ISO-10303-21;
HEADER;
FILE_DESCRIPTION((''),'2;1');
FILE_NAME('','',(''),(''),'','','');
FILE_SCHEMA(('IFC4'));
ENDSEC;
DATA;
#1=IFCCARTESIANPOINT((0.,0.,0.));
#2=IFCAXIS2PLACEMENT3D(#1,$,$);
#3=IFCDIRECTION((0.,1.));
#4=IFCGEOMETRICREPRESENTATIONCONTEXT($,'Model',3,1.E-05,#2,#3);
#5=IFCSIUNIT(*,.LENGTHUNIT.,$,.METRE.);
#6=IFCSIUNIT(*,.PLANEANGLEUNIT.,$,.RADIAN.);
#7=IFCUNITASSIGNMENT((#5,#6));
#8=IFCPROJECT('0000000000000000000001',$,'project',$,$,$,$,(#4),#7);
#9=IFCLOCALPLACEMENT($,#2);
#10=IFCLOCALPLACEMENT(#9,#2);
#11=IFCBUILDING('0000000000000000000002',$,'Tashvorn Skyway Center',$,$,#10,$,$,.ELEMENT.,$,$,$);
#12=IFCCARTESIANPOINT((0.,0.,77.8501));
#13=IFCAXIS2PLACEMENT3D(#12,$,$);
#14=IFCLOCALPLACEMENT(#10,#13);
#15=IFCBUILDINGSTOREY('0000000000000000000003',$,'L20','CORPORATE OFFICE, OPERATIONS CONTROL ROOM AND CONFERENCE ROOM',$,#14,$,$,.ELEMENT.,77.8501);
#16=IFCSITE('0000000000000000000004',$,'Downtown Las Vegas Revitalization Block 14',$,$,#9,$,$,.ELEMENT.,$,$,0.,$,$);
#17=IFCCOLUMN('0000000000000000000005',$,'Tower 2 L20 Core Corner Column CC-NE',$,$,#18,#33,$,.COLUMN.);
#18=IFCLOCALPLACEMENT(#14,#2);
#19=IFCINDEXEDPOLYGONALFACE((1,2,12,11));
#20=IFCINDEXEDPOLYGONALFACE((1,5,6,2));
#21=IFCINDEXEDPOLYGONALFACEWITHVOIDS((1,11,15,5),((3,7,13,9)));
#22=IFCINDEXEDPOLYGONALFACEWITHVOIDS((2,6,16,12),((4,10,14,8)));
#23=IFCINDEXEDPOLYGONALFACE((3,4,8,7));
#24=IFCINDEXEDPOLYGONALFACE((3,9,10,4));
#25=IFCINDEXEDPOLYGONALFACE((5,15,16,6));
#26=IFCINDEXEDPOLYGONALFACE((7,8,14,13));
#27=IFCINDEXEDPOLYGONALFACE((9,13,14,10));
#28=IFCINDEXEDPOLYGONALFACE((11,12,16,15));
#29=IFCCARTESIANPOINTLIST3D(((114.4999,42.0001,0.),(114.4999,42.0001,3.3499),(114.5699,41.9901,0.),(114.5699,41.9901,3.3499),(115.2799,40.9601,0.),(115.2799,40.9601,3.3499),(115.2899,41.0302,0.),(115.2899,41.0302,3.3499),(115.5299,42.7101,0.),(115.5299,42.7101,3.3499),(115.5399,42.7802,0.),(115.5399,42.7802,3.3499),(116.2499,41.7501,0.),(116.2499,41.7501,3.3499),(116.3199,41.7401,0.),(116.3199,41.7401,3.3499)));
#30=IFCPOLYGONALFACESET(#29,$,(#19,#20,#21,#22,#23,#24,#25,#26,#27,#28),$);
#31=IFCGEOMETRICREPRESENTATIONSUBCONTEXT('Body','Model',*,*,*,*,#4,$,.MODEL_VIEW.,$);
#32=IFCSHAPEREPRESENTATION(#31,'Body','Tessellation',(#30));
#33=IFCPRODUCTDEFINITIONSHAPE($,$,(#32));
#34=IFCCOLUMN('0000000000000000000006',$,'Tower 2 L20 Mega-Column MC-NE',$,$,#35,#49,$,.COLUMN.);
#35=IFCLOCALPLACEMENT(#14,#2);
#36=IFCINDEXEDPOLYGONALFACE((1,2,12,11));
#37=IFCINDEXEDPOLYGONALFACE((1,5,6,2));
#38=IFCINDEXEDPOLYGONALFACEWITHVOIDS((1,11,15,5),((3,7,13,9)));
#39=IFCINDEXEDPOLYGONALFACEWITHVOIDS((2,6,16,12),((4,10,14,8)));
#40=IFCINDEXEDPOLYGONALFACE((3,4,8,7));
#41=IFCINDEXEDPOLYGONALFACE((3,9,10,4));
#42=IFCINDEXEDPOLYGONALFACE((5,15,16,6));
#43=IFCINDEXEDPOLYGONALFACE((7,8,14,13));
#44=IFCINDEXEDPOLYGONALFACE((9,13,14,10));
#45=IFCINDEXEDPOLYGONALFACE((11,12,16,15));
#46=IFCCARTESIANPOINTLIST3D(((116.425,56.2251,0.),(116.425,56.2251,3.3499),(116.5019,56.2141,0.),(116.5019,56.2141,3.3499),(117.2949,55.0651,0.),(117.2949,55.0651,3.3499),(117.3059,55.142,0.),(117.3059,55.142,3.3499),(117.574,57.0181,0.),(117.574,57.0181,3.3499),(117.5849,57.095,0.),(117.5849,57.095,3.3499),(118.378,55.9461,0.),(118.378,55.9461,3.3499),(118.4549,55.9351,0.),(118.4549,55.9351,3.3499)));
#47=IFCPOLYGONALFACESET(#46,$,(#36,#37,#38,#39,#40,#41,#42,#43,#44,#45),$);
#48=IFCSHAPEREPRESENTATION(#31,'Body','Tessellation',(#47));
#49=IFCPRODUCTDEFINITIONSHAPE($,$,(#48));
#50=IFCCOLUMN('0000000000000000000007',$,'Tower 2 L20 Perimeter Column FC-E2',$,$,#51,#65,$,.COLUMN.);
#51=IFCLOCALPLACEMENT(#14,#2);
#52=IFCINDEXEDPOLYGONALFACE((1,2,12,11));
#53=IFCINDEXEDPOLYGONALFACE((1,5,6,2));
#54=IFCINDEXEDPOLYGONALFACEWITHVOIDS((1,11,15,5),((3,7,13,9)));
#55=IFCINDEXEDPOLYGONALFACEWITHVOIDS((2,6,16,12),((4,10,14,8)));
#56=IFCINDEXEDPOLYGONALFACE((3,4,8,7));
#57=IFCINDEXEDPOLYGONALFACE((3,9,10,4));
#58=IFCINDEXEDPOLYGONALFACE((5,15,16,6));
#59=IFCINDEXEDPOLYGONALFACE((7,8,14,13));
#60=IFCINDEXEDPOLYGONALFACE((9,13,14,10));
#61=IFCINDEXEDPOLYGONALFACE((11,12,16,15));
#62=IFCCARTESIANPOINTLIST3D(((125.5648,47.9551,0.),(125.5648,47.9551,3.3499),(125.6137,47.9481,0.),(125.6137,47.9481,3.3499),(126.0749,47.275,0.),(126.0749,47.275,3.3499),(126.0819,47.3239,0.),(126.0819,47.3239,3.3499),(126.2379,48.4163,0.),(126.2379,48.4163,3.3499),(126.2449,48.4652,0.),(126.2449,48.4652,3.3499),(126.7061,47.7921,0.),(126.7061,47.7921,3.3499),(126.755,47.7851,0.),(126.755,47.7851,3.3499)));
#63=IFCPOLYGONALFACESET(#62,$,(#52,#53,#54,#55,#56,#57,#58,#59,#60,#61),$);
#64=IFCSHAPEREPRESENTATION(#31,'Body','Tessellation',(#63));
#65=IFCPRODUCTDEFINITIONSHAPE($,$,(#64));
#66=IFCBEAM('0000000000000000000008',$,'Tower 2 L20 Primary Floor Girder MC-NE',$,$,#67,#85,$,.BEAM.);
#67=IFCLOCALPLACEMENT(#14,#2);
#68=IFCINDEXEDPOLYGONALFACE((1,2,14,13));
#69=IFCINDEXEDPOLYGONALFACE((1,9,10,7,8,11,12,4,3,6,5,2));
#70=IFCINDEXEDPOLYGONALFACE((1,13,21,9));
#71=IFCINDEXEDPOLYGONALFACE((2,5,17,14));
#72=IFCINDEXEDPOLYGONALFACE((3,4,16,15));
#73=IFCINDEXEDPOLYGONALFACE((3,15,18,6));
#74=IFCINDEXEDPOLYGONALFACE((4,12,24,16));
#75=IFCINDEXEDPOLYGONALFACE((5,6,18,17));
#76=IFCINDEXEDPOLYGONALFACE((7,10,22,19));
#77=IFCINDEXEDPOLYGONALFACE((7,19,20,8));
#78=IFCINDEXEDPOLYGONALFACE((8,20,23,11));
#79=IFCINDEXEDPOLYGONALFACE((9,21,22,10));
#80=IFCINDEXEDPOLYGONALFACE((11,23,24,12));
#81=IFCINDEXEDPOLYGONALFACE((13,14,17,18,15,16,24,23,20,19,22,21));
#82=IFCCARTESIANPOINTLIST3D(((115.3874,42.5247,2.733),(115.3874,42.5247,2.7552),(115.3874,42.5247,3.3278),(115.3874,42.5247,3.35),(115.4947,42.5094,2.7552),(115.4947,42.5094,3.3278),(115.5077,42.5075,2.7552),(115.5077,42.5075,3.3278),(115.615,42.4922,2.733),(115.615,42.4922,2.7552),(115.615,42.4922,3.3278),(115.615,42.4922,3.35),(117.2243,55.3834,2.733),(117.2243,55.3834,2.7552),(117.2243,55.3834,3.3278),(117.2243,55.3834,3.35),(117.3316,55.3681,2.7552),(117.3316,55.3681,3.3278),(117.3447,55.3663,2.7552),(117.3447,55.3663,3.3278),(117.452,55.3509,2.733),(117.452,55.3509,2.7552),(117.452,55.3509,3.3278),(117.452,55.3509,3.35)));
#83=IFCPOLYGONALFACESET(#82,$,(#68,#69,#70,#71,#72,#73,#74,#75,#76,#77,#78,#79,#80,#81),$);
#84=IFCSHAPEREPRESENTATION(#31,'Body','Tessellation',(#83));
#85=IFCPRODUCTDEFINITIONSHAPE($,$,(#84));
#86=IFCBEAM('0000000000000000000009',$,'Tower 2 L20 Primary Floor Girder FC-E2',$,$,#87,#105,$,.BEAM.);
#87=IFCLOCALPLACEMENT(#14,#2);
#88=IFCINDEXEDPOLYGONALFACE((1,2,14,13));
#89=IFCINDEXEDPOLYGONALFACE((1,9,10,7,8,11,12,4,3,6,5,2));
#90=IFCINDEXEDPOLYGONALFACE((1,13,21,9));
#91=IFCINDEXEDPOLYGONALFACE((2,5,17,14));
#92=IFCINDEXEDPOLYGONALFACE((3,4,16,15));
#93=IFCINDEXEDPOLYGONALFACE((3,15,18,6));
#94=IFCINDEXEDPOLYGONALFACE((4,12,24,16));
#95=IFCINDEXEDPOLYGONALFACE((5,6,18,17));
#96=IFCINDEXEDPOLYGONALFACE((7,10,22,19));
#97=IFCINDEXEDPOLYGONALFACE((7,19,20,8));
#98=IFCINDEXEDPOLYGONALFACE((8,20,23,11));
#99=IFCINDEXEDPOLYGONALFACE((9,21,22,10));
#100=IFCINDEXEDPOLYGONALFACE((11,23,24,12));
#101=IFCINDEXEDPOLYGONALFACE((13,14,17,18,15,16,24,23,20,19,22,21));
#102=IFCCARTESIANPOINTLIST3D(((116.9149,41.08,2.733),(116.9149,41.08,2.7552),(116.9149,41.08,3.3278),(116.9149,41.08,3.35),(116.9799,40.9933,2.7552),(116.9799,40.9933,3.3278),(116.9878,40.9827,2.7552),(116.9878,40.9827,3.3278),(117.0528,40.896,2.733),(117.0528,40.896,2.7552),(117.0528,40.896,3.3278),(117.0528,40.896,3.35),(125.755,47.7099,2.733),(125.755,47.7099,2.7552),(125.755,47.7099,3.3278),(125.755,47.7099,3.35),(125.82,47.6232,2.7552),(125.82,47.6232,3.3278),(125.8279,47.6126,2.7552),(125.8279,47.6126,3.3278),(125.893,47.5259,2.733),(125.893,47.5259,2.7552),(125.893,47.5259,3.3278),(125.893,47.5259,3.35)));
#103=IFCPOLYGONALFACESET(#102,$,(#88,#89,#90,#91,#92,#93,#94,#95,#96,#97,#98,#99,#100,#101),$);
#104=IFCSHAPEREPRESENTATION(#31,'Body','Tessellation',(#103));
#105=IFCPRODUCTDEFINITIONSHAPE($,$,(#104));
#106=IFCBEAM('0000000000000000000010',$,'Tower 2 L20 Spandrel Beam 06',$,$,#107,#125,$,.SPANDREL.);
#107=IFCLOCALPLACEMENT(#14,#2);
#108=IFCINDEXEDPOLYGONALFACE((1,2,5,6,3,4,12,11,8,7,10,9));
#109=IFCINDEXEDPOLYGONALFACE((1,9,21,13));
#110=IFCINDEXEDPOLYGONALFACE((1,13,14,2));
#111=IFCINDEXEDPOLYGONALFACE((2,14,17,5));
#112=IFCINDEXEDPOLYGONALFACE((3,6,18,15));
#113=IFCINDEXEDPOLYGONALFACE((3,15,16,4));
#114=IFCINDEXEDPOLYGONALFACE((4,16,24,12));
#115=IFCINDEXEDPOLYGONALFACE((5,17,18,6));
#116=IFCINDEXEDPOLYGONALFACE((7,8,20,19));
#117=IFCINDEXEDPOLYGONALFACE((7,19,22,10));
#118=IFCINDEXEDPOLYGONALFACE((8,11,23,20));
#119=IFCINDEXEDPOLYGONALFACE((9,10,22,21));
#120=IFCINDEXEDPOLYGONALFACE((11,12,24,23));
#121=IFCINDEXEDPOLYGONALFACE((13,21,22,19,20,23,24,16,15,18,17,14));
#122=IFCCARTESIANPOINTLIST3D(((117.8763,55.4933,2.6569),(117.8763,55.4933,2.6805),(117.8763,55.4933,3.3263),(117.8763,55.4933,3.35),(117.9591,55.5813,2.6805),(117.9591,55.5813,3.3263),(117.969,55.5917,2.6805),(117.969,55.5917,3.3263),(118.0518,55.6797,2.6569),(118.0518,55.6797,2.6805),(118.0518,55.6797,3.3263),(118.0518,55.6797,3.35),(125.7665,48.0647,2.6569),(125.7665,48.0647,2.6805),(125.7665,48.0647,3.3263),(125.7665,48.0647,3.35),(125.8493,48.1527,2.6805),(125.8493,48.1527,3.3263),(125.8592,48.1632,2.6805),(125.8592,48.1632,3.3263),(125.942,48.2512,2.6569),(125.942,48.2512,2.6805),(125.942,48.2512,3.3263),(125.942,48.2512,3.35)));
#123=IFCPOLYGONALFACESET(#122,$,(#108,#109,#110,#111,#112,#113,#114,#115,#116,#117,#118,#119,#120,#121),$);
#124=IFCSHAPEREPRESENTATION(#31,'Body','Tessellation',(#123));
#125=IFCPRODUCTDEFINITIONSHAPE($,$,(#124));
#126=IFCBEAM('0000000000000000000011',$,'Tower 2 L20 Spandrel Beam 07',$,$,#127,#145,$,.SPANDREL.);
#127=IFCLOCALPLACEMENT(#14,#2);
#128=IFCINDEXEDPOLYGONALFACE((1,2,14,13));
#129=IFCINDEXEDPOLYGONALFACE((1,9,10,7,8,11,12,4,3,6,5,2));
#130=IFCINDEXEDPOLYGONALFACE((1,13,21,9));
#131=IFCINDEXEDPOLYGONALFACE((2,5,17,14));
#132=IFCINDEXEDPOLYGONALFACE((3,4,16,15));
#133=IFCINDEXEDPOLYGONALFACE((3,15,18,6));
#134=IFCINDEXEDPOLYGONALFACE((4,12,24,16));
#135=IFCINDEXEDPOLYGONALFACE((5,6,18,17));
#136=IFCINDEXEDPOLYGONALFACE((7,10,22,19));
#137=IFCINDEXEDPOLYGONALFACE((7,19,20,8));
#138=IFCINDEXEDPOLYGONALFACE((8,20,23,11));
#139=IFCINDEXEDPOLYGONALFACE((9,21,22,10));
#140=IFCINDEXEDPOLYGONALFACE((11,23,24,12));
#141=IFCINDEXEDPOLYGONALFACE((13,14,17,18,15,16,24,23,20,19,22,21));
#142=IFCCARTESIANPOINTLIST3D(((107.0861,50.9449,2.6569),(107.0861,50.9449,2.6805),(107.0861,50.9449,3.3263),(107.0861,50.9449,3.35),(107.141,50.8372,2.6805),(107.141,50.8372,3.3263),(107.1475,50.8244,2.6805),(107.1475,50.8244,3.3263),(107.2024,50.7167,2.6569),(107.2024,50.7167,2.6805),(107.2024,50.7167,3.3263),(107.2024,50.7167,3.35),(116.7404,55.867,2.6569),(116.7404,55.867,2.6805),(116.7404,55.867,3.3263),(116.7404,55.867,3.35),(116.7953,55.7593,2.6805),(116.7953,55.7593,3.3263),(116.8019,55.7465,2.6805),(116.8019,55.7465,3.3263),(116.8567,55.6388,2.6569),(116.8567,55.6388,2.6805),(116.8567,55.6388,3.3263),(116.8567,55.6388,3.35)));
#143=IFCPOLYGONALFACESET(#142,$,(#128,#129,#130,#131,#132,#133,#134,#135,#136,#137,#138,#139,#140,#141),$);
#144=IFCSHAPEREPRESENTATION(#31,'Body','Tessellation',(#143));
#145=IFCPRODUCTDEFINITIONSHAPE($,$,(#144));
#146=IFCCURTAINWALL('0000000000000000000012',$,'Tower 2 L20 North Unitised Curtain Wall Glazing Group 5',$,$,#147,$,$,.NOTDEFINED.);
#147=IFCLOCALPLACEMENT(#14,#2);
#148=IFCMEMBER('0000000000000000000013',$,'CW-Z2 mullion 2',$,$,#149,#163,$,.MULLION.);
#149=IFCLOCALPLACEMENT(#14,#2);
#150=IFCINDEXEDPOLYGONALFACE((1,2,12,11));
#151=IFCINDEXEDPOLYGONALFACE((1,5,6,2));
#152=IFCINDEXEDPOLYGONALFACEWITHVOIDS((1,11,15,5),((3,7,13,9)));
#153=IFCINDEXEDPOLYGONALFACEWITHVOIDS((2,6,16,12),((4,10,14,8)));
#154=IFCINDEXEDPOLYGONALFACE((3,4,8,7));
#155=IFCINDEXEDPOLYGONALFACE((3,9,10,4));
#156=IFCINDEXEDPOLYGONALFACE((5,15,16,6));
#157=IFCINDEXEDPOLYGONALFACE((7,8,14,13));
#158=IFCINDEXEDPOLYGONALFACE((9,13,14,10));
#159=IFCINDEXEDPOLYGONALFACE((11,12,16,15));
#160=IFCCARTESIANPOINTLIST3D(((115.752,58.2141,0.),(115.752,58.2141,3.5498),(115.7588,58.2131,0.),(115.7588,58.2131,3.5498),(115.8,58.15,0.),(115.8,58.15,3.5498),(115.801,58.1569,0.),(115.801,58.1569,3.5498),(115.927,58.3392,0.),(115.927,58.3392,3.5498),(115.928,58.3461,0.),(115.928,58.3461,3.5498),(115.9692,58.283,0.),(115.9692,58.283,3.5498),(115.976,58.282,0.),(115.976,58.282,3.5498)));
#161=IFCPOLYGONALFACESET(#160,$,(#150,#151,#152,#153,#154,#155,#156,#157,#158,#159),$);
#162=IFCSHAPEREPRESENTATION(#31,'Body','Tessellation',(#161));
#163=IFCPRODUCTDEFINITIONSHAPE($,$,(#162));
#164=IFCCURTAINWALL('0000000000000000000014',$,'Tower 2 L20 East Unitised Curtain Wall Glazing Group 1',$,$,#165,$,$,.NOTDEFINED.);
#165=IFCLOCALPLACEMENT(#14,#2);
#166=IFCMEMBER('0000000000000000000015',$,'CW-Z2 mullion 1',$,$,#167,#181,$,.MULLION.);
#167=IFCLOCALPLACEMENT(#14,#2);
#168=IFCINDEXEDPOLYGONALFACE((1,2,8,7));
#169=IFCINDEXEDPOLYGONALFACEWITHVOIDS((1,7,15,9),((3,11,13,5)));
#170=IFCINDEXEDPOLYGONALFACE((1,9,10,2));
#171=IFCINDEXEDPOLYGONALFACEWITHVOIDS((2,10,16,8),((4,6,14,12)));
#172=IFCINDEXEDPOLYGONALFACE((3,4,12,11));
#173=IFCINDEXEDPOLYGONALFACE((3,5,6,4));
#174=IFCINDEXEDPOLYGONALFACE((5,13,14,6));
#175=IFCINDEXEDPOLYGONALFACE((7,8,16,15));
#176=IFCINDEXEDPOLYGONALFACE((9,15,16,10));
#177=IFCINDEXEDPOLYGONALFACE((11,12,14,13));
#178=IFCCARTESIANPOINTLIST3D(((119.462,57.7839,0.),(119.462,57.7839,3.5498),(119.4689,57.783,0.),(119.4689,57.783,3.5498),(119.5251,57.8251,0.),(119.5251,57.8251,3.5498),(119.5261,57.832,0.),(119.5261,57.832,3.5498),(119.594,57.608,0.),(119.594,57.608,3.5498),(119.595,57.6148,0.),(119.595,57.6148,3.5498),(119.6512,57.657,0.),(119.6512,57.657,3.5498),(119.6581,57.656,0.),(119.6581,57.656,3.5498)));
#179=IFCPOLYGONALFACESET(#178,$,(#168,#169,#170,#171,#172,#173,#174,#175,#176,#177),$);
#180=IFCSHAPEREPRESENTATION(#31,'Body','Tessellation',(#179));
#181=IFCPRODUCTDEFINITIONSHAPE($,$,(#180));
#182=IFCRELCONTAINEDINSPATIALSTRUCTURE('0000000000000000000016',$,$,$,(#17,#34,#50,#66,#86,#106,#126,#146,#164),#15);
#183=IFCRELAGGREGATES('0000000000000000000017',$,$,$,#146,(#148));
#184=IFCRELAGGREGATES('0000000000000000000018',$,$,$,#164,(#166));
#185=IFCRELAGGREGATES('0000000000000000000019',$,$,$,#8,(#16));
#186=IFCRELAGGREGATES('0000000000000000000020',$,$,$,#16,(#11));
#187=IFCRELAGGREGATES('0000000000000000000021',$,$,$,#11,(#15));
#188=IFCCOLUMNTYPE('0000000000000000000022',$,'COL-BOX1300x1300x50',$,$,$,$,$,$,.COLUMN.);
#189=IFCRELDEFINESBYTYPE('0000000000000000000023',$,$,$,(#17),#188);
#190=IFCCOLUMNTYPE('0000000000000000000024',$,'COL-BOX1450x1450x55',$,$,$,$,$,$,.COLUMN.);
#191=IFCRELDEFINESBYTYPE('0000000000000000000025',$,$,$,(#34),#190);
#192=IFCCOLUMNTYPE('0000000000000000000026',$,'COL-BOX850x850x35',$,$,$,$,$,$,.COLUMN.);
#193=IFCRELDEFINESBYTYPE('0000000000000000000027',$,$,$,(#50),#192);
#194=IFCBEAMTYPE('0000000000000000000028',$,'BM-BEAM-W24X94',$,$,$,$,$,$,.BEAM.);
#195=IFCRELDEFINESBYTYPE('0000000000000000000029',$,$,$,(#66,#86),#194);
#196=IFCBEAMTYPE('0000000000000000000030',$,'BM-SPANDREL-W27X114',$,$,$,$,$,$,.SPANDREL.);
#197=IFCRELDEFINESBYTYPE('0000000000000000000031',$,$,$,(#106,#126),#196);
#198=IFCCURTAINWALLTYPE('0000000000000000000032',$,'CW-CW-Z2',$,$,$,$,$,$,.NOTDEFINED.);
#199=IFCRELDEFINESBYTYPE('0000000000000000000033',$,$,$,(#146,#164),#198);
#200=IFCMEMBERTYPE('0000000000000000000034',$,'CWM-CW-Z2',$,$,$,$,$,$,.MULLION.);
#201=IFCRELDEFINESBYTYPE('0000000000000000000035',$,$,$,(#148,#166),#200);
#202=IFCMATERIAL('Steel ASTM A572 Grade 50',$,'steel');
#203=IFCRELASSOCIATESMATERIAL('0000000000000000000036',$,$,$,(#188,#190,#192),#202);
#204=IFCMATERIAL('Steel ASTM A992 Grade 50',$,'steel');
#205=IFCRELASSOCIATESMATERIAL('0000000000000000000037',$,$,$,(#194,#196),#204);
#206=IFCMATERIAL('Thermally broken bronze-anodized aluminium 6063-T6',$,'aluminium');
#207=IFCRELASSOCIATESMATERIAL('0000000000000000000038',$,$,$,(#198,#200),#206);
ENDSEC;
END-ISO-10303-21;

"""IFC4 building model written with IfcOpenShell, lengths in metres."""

from ifc_helpers import new_model, si_unit, direction, frame, origin, origin_2d, place, context, subcontext, project, spatial, hollow_rectangle, i_section, extrude, material, material_profile, profile_set, type_object, element, aggregate, save


model = new_model("IFC4")

# Units and contexts
model_context = context("Model", 3, precision=1e-05, world=origin(), true_north=direction((0.0, 1.0)))
body_context = subcontext(model_context, "Body", "Model", "MODEL_VIEW")
ifc_project = project(units=[si_unit("LENGTHUNIT", "METRE"), si_unit("PLANEANGLEUNIT", "RADIAN")], contexts=[model_context])

# Site, building, storey
site_placement = place(None, origin())
site = spatial("IfcSite", under=ifc_project, at=site_placement, Name="Downtown Las Vegas Revitalization Block 14", CompositionType="ELEMENT", RefElevation=0.0)
building_placement = place(site_placement, origin())
building = spatial("IfcBuilding", under=site, at=building_placement, Name="Tashvorn Skyway Center", CompositionType="ELEMENT")
storey_placement = place(building_placement, frame((0.0, 0.0, 77.8501)))
storey = spatial("IfcBuildingStorey", under=building, at=storey_placement, Name="L20", Description="CORPORATE OFFICE, OPERATIONS CONTROL ROOM AND CONFERENCE ROOM", CompositionType="ELEMENT", Elevation=77.8501)

# Columns
ifc_material_1 = material(Name="Steel ASTM A572 Grade 50", Category="steel")
ifc_material_profile_1 = material_profile(ifc_material_1, hollow_rectangle(XDim=1.3, YDim=1.3, WallThickness=0.05, at=origin_2d()), Name="BOX1300x1300x50")
ifc_profile_set_1 = profile_set([ifc_material_profile_1], Name="Steel ASTM A572 Grade 50")
column_type_1 = type_object("IfcColumnType", Name="COL-BOX1300x1300x50", PredefinedType="COLUMN", material=ifc_profile_set_1)
column_1_placement = place(storey_placement, frame((115.4099, 41.8701, 0.0), z_axis=(0.0, 0.0, 1.0), x_axis=(0.8, 0.6, 0.0)))
element("IfcColumn", 1, at=column_1_placement, inside=storey, type_object=column_type_1, Name="Tower 2 L20 Core Corner Column CC-NE", PredefinedType="COLUMN", context=body_context, shape_type="SweptSolid", body=[
    extrude(hollow_rectangle(XDim=1.3, YDim=1.3, WallThickness=0.05, at=origin_2d()), origin(), (0.0, 0.0, 1.0), 3.3499),
])
ifc_material_profile_2 = material_profile(ifc_material_1, hollow_rectangle(XDim=1.45, YDim=1.45, WallThickness=0.0549, at=origin_2d()), Name="BOX1450x1450x55")
ifc_profile_set_2 = profile_set([ifc_material_profile_2], Name="Steel ASTM A572 Grade 50")
column_type_2 = type_object("IfcColumnType", Name="COL-BOX1450x1450x55", PredefinedType="COLUMN", material=ifc_profile_set_2)
column_2_placement = place(storey_placement, frame((117.4399, 56.0801, 0.0), z_axis=(0.0, 0.0, 1.0), x_axis=(0.8, 0.6, 0.0)))
element("IfcColumn", 2, at=column_2_placement, inside=storey, type_object=column_type_2, Name="Tower 2 L20 Mega-Column MC-NE", PredefinedType="COLUMN", context=body_context, shape_type="SweptSolid", body=[
    extrude(hollow_rectangle(XDim=1.45, YDim=1.45, WallThickness=0.0549, at=origin_2d()), origin(), (0.0, 0.0, 1.0), 3.3499),
])
ifc_material_profile_3 = material_profile(ifc_material_1, hollow_rectangle(XDim=0.8501, YDim=0.8501, WallThickness=0.0349, at=origin_2d()), Name="BOX850x850x35")
ifc_profile_set_3 = profile_set([ifc_material_profile_3], Name="Steel ASTM A572 Grade 50")
column_type_3 = type_object("IfcColumnType", Name="COL-BOX850x850x35", PredefinedType="COLUMN", material=ifc_profile_set_3)
column_3_placement = place(storey_placement, frame((126.1599, 47.8701, 0.0), z_axis=(0.0, 0.0, 1.0), x_axis=(0.8, 0.6, 0.0)))
element("IfcColumn", 3, at=column_3_placement, inside=storey, type_object=column_type_3, Name="Tower 2 L20 Perimeter Column FC-E2", PredefinedType="COLUMN", context=body_context, shape_type="SweptSolid", body=[
    extrude(hollow_rectangle(XDim=0.8501, YDim=0.8501, WallThickness=0.0349, at=origin_2d()), origin(), (0.0, 0.0, 1.0), 3.3499),
])

# Beams
ifc_material_2 = material(Name="Steel ASTM A992 Grade 50", Category="steel")
ifc_material_profile_4 = material_profile(ifc_material_2, i_section(OverallWidth=0.23, OverallDepth=0.6169, WebThickness=0.0132, FlangeThickness=0.0222, at=origin_2d()), Name="W24X94")
ifc_profile_set_4 = profile_set([ifc_material_profile_4], Name="Steel ASTM A992 Grade 50")
beam_type_1 = type_object("IfcBeamType", Name="BM-BEAM-W24X94", PredefinedType="BEAM", material=ifc_profile_set_4)
beam_1_placement = place(storey_placement, frame((117.3381, 55.3672, 3.0415), z_axis=(-0.141419, -0.98995, 0.0), x_axis=(0.98995, -0.141419, 0.0)))
element("IfcBeam", 4, at=beam_1_placement, inside=storey, type_object=beam_type_1, Name="Tower 2 L20 Primary Floor Girder MC-NE", PredefinedType="BEAM", context=body_context, shape_type="SweptSolid", body=[
    extrude(i_section(OverallWidth=0.23, OverallDepth=0.6169, WebThickness=0.0132, FlangeThickness=0.0222, at=origin_2d()), origin(), (0.0, 0.0, 1.0), 12.9893),
])
beam_2_placement = place(storey_placement, frame((125.824, 47.6179, 3.0415), z_axis=(-0.800008, -0.599989, 0.0), x_axis=(0.599989, -0.800008, 0.0)))
element("IfcBeam", 5, at=beam_2_placement, inside=storey, type_object=beam_type_1, Name="Tower 2 L20 Primary Floor Girder FC-E2", PredefinedType="BEAM", context=body_context, shape_type="SweptSolid", body=[
    extrude(i_section(OverallWidth=0.23, OverallDepth=0.6169, WebThickness=0.0132, FlangeThickness=0.0222, at=origin_2d()), origin(), (0.0, 0.0, 1.0), 11.05),
])
ifc_material_profile_5 = material_profile(ifc_material_2, i_section(OverallWidth=0.2561, OverallDepth=0.6931, WebThickness=0.0144, FlangeThickness=0.0237, at=origin_2d()), Name="W27X114")
ifc_profile_set_5 = profile_set([ifc_material_profile_5], Name="Steel ASTM A992 Grade 50")
beam_type_2 = type_object("IfcBeamType", Name="BM-SPANDREL-W27X114", PredefinedType="SPANDREL", material=ifc_profile_set_5)
beam_3_placement = place(storey_placement, frame((125.8542, 48.158, 3.0034), z_axis=(-0.728087, 0.685485, 0.0), x_axis=(-0.685485, -0.728087, 0.0)))
element("IfcBeam", 6, at=beam_3_placement, inside=storey, type_object=beam_type_2, Name="Tower 2 L20 Spandrel Beam 06", PredefinedType="SPANDREL", context=body_context, shape_type="SweptSolid", body=[
    extrude(i_section(OverallWidth=0.2561, OverallDepth=0.6931, WebThickness=0.0144, FlangeThickness=0.0237, at=origin_2d()), origin(), (0.0, 0.0, 1.0), 10.8369),
])
beam_4_placement = place(storey_placement, frame((116.7986, 55.7529, 3.0034), z_axis=(-0.890894, -0.454211, 0.0), x_axis=(0.454211, -0.890894, 0.0)))
element("IfcBeam", 7, at=beam_4_placement, inside=storey, type_object=beam_type_2, Name="Tower 2 L20 Spandrel Beam 07", PredefinedType="SPANDREL", context=body_context, shape_type="SweptSolid", body=[
    extrude(i_section(OverallWidth=0.2561, OverallDepth=0.6931, WebThickness=0.0144, FlangeThickness=0.0237, at=origin_2d()), origin(), (0.0, 0.0, 1.0), 10.8367),
])

# Curtain wall, member
ifc_material_3 = material(Name="Thermally broken bronze-anodized aluminium 6063-T6", Category="aluminium")
curtain_wall_type = type_object("IfcCurtainWallType", Name="CW-CW-Z2", PredefinedType="NOTDEFINED", material=ifc_material_3)
curtain_wall_1_placement = place(storey_placement, origin())
curtain_wall_1 = element("IfcCurtainWall", 8, at=curtain_wall_1_placement, inside=storey, type_object=curtain_wall_type, Name="Tower 2 L20 North Unitised Curtain Wall Glazing Group 5", PredefinedType="NOTDEFINED")
ifc_material_profile_6 = material_profile(ifc_material_3, hollow_rectangle(XDim=0.0801, YDim=0.22, WallThickness=0.0049, at=origin_2d()), Name="ALU-MULL-80x220")
ifc_profile_set_6 = profile_set([ifc_material_profile_6], Name="Thermally broken bronze-anodized aluminium 6063-T6")
member_type_1 = type_object("IfcMemberType", Name="CWM-CW-Z2", PredefinedType="MULLION", material=ifc_profile_set_6)
member_1_placement = place(storey_placement, frame((115.864, 58.248, 0.0), z_axis=(0.0, 0.0, 1.0), x_axis=(-0.6, 0.8, 0.0)))
member_1 = element("IfcMember", 9, at=member_1_placement, type_object=member_type_1, Name="CW-Z2 mullion 2", PredefinedType="MULLION", context=body_context, shape_type="SweptSolid", body=[
    extrude(hollow_rectangle(XDim=0.0801, YDim=0.22, WallThickness=0.0049, at=origin_2d()), origin(), (0.0, 0.0, 1.0), 3.5498),
])
aggregate(curtain_wall_1, [member_1])

# Curtain wall, member
curtain_wall_2_placement = place(storey_placement, origin())
curtain_wall_2 = element("IfcCurtainWall", 10, at=curtain_wall_2_placement, inside=storey, type_object=curtain_wall_type, Name="Tower 2 L20 East Unitised Curtain Wall Glazing Group 1", PredefinedType="NOTDEFINED")
member_2_placement = place(storey_placement, frame((119.5601, 57.72, 0.0), z_axis=(0.0, 0.0, 1.0), x_axis=(0.8, 0.6, 0.0)))
member_2 = element("IfcMember", 11, at=member_2_placement, type_object=member_type_1, Name="CW-Z2 mullion 1", PredefinedType="MULLION", context=body_context, shape_type="SweptSolid", body=[
    extrude(hollow_rectangle(XDim=0.0801, YDim=0.22, WallThickness=0.0049, at=origin_2d()), origin(), (0.0, 0.0, 1.0), 3.5498),
])

aggregate(curtain_wall_2, [member_2])

save(model, "model.ifc")
